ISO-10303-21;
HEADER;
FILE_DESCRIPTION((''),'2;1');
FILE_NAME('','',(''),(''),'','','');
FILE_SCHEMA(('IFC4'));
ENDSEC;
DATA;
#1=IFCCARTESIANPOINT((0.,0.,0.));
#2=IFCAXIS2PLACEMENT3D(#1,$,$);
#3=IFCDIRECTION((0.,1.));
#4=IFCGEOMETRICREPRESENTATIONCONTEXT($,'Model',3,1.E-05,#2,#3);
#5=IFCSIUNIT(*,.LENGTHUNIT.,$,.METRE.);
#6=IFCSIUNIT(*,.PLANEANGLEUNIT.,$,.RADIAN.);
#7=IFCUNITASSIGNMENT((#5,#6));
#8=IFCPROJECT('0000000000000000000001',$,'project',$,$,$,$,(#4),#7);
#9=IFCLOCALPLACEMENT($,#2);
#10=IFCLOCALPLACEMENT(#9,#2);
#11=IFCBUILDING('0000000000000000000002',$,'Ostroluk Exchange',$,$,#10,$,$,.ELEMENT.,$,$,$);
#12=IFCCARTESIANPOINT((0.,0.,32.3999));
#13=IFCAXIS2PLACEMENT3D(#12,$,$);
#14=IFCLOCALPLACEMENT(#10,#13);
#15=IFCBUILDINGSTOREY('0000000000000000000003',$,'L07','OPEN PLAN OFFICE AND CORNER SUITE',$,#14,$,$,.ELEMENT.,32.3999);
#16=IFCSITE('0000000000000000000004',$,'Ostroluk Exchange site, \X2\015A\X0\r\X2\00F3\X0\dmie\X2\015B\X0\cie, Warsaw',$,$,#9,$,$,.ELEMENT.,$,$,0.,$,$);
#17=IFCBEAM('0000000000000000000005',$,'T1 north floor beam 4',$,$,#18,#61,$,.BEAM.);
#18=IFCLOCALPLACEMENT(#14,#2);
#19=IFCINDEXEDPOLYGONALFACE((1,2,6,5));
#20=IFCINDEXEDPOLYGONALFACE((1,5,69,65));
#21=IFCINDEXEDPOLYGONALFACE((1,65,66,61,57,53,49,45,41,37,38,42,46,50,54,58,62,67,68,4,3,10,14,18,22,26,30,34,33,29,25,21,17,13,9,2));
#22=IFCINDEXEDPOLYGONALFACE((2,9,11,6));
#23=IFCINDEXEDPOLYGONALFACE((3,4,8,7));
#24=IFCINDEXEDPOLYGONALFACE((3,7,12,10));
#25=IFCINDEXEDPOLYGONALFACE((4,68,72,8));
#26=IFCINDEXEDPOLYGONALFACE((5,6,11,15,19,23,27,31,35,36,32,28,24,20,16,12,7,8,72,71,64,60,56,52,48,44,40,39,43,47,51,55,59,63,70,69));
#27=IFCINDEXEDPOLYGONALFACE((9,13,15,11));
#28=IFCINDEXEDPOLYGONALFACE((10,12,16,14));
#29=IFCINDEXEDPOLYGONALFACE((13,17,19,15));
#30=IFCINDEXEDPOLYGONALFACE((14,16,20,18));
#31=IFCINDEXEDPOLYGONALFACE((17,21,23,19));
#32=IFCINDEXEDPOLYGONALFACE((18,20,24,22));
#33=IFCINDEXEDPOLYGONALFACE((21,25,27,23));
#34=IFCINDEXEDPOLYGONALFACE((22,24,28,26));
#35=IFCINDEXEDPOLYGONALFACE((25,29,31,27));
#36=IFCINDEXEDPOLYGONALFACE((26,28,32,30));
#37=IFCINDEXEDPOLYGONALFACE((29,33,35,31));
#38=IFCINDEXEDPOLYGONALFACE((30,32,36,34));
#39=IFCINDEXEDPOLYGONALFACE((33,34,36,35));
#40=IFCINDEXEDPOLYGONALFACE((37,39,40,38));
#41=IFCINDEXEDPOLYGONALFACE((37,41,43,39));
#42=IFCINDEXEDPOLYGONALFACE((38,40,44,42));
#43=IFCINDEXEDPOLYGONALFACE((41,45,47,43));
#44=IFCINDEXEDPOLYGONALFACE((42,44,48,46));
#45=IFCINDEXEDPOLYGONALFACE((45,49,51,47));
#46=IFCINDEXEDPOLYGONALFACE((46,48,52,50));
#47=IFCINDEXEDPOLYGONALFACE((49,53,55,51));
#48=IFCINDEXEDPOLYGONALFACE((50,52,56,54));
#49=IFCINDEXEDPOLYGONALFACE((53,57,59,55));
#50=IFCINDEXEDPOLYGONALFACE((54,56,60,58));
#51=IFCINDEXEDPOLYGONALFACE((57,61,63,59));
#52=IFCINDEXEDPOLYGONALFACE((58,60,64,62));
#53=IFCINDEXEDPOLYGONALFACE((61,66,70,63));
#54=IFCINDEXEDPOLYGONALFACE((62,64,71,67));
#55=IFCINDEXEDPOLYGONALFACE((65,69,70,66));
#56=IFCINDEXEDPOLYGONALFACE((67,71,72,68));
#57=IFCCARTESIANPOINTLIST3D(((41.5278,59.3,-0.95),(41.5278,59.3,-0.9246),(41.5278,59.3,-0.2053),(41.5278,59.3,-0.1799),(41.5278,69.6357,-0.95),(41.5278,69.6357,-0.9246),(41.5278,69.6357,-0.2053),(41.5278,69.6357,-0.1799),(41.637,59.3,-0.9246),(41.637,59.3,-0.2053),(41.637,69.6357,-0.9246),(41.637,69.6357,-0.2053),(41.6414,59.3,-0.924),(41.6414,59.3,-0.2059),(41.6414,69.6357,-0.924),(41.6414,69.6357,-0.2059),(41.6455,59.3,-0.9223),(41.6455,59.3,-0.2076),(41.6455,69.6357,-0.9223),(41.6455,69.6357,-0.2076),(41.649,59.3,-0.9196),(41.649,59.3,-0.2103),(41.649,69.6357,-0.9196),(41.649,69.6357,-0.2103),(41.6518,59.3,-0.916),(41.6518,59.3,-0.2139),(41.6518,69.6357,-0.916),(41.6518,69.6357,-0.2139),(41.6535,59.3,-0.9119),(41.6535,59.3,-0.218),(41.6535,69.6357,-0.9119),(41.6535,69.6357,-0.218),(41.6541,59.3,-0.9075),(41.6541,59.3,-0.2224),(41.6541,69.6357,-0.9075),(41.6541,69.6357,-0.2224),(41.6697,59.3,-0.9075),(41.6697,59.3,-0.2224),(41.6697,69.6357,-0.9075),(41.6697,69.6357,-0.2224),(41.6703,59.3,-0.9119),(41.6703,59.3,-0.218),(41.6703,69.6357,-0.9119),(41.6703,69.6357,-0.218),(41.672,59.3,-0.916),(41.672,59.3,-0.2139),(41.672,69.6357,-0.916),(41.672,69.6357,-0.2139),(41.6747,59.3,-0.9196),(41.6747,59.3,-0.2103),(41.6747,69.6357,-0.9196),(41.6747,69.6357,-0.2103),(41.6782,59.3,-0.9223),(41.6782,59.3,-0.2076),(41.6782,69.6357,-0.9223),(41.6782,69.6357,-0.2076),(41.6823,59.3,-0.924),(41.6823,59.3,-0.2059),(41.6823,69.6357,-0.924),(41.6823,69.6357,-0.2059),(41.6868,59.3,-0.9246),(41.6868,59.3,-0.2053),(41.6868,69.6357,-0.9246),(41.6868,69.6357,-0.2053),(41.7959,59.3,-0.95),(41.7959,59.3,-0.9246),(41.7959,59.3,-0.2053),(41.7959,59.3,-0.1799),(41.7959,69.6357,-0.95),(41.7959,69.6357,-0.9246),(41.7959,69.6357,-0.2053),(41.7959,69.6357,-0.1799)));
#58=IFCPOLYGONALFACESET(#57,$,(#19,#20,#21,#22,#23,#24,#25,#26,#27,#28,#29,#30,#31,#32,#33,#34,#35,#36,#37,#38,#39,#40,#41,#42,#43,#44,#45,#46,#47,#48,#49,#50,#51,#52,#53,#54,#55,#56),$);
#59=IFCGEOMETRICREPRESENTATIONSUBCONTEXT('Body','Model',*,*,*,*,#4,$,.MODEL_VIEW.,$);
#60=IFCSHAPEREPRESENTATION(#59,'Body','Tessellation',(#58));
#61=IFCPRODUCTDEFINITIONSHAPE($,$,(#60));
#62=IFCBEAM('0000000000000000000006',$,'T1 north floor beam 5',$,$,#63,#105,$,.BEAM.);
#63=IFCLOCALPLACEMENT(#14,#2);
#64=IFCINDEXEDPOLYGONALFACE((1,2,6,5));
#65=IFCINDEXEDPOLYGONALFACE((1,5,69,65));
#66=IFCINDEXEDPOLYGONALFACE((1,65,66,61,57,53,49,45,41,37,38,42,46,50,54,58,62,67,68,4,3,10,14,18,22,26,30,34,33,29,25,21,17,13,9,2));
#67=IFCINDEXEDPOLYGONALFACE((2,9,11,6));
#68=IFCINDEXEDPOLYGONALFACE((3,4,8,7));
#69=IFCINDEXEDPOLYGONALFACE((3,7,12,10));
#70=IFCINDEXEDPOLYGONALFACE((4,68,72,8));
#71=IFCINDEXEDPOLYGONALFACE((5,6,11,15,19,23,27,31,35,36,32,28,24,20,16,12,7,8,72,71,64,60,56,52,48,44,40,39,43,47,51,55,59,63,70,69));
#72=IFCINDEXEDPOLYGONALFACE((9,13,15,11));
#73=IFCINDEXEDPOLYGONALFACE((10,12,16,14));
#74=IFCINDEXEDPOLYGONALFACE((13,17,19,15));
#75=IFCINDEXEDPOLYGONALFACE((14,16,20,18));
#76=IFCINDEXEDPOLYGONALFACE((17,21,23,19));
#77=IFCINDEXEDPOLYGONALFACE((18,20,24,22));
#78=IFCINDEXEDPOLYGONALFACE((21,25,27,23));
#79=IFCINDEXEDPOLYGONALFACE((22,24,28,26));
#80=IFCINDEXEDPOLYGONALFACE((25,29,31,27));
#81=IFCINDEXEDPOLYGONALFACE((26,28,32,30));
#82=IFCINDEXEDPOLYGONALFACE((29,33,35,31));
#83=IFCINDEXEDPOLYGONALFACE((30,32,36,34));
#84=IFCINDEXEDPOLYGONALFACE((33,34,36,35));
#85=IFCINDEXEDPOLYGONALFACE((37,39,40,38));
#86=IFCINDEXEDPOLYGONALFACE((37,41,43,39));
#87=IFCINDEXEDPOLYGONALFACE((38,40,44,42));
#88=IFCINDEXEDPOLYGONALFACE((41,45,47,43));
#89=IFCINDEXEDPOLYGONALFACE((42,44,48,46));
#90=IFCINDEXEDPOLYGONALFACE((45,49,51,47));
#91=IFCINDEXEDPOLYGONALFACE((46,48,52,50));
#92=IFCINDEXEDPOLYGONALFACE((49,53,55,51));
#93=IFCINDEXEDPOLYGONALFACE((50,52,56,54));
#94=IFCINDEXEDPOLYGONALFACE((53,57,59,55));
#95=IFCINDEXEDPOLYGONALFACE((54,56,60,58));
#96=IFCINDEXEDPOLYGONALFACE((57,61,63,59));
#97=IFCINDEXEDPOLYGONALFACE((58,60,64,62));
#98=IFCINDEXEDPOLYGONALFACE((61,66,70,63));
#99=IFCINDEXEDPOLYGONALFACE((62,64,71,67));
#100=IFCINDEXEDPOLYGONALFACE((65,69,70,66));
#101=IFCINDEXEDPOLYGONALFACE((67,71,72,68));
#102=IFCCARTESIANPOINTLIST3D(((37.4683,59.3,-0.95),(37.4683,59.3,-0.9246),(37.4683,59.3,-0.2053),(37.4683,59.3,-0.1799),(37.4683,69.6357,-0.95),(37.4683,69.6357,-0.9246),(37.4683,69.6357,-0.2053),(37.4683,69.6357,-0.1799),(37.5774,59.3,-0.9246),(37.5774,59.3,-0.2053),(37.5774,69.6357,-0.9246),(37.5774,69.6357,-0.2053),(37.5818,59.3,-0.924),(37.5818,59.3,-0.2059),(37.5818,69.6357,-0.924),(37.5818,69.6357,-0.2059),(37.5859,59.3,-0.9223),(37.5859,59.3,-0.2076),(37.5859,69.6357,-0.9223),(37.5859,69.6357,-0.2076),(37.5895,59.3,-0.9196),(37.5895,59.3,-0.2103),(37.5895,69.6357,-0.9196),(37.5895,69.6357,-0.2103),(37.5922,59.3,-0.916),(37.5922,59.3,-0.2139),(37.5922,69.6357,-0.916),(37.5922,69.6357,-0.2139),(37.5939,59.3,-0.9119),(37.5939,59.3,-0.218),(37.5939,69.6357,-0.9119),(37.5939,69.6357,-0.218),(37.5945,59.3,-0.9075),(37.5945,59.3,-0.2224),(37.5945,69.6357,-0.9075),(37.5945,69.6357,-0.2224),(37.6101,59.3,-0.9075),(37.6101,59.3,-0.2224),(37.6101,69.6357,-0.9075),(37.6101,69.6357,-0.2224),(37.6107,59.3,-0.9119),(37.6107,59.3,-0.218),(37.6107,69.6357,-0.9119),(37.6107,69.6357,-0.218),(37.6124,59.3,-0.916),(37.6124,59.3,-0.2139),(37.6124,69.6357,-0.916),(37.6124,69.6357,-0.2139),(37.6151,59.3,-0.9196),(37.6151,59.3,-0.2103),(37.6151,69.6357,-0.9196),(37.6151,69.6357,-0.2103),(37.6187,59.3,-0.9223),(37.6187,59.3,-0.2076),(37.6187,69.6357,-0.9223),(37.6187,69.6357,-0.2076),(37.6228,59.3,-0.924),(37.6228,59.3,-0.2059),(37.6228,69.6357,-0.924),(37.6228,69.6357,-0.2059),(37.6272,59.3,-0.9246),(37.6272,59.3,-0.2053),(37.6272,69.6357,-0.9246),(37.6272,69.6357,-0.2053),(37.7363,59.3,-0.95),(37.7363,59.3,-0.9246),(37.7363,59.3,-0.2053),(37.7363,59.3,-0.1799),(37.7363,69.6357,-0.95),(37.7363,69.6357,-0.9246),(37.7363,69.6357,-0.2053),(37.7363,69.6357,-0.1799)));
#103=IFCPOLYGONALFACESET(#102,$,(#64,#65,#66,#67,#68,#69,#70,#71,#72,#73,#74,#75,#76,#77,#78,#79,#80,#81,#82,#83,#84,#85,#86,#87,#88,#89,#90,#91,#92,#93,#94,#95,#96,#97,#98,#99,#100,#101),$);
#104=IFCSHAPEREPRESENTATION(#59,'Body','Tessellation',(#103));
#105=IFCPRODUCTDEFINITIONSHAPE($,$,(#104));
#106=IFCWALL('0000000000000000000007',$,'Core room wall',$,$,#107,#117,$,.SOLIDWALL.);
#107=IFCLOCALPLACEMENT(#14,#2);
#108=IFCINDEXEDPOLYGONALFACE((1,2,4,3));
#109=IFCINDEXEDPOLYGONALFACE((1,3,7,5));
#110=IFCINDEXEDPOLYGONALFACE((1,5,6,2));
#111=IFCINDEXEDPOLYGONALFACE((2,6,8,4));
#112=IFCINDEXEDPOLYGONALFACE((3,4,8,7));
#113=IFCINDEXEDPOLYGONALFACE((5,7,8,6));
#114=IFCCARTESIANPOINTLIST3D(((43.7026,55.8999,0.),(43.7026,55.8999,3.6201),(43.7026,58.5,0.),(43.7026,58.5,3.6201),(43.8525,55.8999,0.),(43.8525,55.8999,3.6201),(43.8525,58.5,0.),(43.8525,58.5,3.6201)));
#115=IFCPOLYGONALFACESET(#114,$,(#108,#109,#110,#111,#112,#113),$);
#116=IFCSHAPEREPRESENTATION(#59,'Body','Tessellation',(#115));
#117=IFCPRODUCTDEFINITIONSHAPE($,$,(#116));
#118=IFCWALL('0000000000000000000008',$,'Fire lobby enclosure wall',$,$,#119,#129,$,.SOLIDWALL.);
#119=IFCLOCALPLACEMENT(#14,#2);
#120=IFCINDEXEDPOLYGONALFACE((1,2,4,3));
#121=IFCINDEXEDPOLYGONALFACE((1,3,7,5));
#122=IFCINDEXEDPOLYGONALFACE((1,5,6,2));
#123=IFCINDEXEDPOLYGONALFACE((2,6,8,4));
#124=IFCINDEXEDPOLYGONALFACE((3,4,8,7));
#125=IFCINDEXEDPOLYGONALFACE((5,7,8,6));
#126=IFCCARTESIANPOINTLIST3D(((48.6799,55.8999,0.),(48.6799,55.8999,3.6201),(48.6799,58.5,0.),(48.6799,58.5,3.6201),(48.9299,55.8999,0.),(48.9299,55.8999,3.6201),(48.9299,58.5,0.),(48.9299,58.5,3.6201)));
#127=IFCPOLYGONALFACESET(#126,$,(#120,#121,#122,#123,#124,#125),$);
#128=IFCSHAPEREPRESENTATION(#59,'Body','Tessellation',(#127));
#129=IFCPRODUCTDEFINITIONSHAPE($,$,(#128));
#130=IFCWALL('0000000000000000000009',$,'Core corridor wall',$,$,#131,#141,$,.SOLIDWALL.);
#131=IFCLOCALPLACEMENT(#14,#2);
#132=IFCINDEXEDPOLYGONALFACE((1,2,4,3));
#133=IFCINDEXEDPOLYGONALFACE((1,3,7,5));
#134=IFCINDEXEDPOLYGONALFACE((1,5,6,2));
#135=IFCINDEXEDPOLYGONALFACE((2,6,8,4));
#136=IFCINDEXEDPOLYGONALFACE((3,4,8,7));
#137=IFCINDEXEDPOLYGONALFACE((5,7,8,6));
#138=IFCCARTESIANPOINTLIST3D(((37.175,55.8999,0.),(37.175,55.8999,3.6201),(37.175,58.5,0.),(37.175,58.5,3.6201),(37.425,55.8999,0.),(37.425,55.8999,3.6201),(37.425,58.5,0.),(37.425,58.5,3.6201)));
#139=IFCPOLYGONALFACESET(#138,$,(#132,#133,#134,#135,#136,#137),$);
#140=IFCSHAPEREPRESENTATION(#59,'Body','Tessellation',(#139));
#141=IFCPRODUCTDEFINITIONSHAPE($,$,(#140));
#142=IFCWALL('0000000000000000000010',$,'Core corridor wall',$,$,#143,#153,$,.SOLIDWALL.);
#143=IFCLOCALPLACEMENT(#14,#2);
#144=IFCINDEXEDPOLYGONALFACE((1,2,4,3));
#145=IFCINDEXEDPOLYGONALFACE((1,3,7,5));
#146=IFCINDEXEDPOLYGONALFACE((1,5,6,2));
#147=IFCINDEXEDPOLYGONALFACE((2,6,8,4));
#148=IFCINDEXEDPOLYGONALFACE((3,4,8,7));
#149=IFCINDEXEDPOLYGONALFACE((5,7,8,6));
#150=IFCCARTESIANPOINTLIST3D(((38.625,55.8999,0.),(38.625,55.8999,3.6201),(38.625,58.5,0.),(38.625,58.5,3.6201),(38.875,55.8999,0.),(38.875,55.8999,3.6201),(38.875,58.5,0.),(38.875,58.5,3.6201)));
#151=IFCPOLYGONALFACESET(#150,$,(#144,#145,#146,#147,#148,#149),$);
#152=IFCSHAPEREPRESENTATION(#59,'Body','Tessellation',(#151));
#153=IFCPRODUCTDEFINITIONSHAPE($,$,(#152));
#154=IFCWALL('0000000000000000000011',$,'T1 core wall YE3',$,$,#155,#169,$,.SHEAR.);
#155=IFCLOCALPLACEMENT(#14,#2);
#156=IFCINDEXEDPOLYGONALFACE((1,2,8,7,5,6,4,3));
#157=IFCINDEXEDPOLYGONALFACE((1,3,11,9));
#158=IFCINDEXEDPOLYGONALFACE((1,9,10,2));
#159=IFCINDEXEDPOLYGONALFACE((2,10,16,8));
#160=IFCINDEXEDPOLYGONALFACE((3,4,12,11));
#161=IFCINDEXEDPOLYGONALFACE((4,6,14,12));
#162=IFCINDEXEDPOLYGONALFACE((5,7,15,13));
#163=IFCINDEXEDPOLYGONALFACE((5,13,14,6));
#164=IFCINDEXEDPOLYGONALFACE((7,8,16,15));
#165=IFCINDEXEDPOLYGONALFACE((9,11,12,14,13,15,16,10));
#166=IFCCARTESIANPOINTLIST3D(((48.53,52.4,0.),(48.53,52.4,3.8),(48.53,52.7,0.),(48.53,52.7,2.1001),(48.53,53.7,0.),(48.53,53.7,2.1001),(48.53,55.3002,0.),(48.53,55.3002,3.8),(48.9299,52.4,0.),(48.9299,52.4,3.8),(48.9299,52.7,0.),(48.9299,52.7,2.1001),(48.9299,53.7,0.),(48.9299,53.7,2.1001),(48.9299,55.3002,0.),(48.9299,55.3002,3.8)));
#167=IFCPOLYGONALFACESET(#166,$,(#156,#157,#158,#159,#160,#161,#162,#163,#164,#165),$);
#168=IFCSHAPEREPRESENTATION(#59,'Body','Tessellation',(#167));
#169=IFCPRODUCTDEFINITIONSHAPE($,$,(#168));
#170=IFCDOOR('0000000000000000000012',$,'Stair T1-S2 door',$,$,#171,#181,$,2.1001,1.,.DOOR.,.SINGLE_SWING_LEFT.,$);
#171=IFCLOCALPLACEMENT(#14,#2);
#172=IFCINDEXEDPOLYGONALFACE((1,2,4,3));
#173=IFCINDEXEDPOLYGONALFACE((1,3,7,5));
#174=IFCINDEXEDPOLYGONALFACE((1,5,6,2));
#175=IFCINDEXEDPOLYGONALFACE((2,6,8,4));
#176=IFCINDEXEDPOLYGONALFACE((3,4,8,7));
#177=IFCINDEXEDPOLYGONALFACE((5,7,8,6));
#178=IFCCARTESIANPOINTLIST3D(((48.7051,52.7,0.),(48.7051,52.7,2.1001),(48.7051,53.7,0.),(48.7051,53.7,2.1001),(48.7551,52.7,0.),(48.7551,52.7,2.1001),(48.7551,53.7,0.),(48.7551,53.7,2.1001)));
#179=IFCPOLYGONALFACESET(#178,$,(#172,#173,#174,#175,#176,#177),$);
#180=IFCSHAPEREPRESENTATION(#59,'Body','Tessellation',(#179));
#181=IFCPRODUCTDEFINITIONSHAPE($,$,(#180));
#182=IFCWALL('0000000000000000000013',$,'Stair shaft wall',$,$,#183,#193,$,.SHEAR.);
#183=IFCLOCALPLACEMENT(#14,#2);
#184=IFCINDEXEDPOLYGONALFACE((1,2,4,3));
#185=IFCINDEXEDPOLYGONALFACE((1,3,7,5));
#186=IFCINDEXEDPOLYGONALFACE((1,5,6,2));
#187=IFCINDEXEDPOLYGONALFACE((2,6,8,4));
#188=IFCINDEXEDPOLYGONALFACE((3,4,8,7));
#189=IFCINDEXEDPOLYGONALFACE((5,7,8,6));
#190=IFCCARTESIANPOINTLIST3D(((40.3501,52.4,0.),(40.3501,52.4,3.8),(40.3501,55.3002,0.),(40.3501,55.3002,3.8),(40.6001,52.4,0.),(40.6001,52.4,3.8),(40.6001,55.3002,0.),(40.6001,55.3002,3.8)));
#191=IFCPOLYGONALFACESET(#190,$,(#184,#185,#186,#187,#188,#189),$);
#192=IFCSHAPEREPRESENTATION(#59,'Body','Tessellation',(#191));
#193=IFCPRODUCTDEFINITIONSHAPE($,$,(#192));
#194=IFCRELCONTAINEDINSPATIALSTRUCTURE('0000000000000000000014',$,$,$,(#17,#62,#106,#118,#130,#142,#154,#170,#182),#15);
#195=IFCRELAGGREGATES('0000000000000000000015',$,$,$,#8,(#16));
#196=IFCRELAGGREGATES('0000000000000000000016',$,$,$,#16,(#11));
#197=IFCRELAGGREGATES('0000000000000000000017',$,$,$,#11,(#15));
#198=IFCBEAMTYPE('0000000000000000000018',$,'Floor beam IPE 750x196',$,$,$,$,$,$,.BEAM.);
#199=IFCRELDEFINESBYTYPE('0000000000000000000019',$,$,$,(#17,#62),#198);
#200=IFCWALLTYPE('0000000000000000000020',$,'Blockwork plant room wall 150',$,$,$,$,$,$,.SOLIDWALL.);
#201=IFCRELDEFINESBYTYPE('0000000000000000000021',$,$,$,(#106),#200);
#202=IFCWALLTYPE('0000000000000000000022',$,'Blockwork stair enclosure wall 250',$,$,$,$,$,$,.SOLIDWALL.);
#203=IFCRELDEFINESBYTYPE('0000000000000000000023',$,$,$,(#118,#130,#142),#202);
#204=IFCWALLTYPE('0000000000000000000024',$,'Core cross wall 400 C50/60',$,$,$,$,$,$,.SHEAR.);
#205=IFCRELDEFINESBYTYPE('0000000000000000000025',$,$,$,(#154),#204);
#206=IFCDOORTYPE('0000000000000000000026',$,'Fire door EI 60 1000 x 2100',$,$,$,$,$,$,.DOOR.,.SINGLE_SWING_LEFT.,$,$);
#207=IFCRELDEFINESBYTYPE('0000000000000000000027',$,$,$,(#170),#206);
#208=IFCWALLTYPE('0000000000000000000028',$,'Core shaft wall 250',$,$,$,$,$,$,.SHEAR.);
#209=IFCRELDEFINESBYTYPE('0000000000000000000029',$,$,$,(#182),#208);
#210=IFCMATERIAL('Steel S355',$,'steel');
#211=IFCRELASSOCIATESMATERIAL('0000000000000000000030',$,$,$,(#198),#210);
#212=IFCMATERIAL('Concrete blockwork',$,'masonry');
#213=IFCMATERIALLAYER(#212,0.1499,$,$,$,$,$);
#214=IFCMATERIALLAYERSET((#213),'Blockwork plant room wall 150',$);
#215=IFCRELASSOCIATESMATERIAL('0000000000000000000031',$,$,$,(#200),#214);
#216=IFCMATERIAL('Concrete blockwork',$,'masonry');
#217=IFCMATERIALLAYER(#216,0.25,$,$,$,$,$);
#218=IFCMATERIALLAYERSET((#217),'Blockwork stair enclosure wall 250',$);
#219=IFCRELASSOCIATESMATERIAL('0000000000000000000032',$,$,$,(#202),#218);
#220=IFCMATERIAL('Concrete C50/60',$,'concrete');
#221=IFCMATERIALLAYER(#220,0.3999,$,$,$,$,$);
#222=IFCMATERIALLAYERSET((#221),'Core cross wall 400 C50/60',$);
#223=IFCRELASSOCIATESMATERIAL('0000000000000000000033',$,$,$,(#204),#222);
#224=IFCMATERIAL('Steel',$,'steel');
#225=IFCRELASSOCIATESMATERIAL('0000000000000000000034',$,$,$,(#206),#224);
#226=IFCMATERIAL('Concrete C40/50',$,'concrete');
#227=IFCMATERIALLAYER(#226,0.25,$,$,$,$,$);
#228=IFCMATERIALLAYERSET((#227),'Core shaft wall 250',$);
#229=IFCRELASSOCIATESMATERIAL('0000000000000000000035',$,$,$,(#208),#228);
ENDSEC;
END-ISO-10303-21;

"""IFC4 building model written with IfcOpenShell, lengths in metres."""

from ifc_helpers import new_model, si_unit, direction, frame, frame_2d, origin, origin_2d, place, context, subcontext, project, spatial, rectangle, i_section, extrude, material, layer, layer_set, material_profile, profile_set, type_object, element, fill, save


model = new_model("IFC4")

# Units and contexts
model_context = context("Model", 3, precision=1e-05, world=origin(), true_north=direction((0.0, 1.0)))
body_context = subcontext(model_context, "Body", "Model", "MODEL_VIEW")
ifc_project = project(units=[si_unit("LENGTHUNIT", "METRE"), si_unit("PLANEANGLEUNIT", "RADIAN")], contexts=[model_context])

# Site, building, storey
site_placement = place(None, origin())
site = spatial("IfcSite", under=ifc_project, at=site_placement, Name="Ostroluk Exchange site, Śródmieście, Warsaw", CompositionType="ELEMENT", RefElevation=0.0)
building_placement = place(site_placement, origin())
building = spatial("IfcBuilding", under=site, at=building_placement, Name="Ostroluk Exchange", CompositionType="ELEMENT")
storey_placement = place(building_placement, frame((0.0, 0.0, 32.3999)))
storey = spatial("IfcBuildingStorey", under=building, at=storey_placement, Name="L07", Description="OPEN PLAN OFFICE AND CORNER SUITE", CompositionType="ELEMENT", Elevation=32.3999)

# Beams
ifc_material_1 = material(Name="Steel S355", Category="steel")
ifc_material_profile = material_profile(ifc_material_1, i_section(OverallWidth=0.2681, OverallDepth=0.77, WebThickness=0.0156, FlangeThickness=0.0254, FilletRadius=0.0171, at=origin_2d()), Name="IPE 750x196")
ifc_profile_set = profile_set([ifc_material_profile], Name="Steel S355")
beam_type = type_object("IfcBeamType", Name="Floor beam IPE 750x196", PredefinedType="BEAM", material=ifc_profile_set)
for number, where, z_axis, x_axis, name in (
    (1, (41.6619, 59.3, -0.5649), (0.0, 1.0, 0.0), (-1.0, 0.0, 0.0), "T1 north floor beam 4"),
    (2, (37.6023, 59.3, -0.5649), (0.0, 1.0, 0.0), (-1.0, 0.0, 0.0), "T1 north floor beam 5"),
):
    element("IfcBeam", number, at=place(storey_placement, frame(where, z_axis=z_axis, x_axis=x_axis)), inside=storey, type_object=beam_type, Name=name, PredefinedType="BEAM", context=body_context, shape_type="SweptSolid", body=[
        extrude(i_section(OverallWidth=0.2681, OverallDepth=0.77, WebThickness=0.0156, FlangeThickness=0.0254, FilletRadius=0.0171, at=origin_2d()), origin(), (0.0, 0.0, 1.0), 10.3357),
    ])

# Walls
ifc_material_2 = material(Name="Concrete blockwork", Category="masonry")
ifc_layer_1 = layer(ifc_material_2, 0.1499)
ifc_layer_set_1 = layer_set([ifc_layer_1], Name="Blockwork plant room wall 150")
wall_type_1 = type_object("IfcWallType", Name="Blockwork plant room wall 150", PredefinedType="SOLIDWALL", material=ifc_layer_set_1)
wall_1_placement = place(storey_placement, frame((43.7776, 55.8999, 0.0), z_axis=(0.0, 0.0, 1.0), x_axis=(0.0, 1.0, 0.0)))
element("IfcWall", 3, at=wall_1_placement, inside=storey, type_object=wall_type_1, Name="Core room wall", PredefinedType="SOLIDWALL", context=body_context, shape_type="SweptSolid", body=[
    extrude(rectangle(XDim=2.6001, YDim=0.1499, at=frame_2d((1.3, 0.0))), origin(), (0.0, 0.0, 1.0), 3.6201),
])
ifc_material_3 = material(Name="Concrete blockwork", Category="masonry")
ifc_layer_2 = layer(ifc_material_3, 0.25)
ifc_layer_set_2 = layer_set([ifc_layer_2], Name="Blockwork stair enclosure wall 250")
wall_type_2 = type_object("IfcWallType", Name="Blockwork stair enclosure wall 250", PredefinedType="SOLIDWALL", material=ifc_layer_set_2)
for number, where, z_axis, x_axis, name in (
    (4, (48.8049, 55.8999, 0.0), (0.0, 0.0, 1.0), (0.0, 1.0, 0.0), "Fire lobby enclosure wall"),
    (5, (37.3, 55.8999, 0.0), (0.0, 0.0, 1.0), (0.0, 1.0, 0.0), "Core corridor wall"),
    (6, (38.75, 55.8999, 0.0), (0.0, 0.0, 1.0), (0.0, 1.0, 0.0), "Core corridor wall"),
):
    element("IfcWall", number, at=place(storey_placement, frame(where, z_axis=z_axis, x_axis=x_axis)), inside=storey, type_object=wall_type_2, Name=name, PredefinedType="SOLIDWALL", context=body_context, shape_type="SweptSolid", body=[
        extrude(rectangle(XDim=2.6001, YDim=0.25, at=frame_2d((1.3, 0.0))), origin(), (0.0, 0.0, 1.0), 3.6201),
    ])

# Wall, opening, door
ifc_material_4 = material(Name="Concrete C50/60", Category="concrete")
ifc_layer_3 = layer(ifc_material_4, 0.3999)
ifc_layer_set_3 = layer_set([ifc_layer_3], Name="Core cross wall 400 C50/60")
wall_type_3 = type_object("IfcWallType", Name="Core cross wall 400 C50/60", PredefinedType="SHEAR", material=ifc_layer_set_3)
wall_2_placement = place(storey_placement, frame((48.73, 52.3999, 0.0), z_axis=(0.0, 0.0, 1.0), x_axis=(0.0, 1.0, 0.0)))
wall_2 = element("IfcWall", 7, at=wall_2_placement, inside=storey, type_object=wall_type_3, Name="T1 core wall YE3", PredefinedType="SHEAR", context=body_context, shape_type="SweptSolid", body=[
    extrude(rectangle(XDim=2.9001, YDim=0.3999, at=frame_2d((1.4502, 0.0))), origin(), (0.0, 0.0, 1.0), 3.8),
])
opening_placement = place(wall_2_placement, frame((0.3, 0.0, 0.0)))
opening = element("IfcOpeningElement", 8, at=opening_placement, cuts=wall_2, PredefinedType="OPENING", context=body_context, shape_type="SweptSolid", body=[
    extrude(rectangle(XDim=1.0, YDim=2.1001, at=frame_2d((0.5, 1.05))), frame((0.0, 0.21, 0.0), z_axis=(0.0, -1.0, 0.0), x_axis=(1.0, 0.0, 0.0)), (0.0, 0.0, 1.0), 0.4199),
])
ifc_material_5 = material(Name="Steel", Category="steel")
door_type = type_object("IfcDoorType", Name="Fire door EI 60 1000 x 2100", OperationType="SINGLE_SWING_LEFT", PredefinedType="DOOR", material=ifc_material_5)
door_placement = place(opening_placement, origin())
door = element("IfcDoor", 9, at=door_placement, inside=storey, type_object=door_type, Name="Stair T1-S2 door", OperationType="SINGLE_SWING_LEFT", OverallHeight=2.1001, OverallWidth=1.0, PredefinedType="DOOR", context=body_context, shape_type="SweptSolid", body=[
    extrude(rectangle(XDim=1.0, YDim=2.1001, at=frame_2d((0.5, 1.05))), frame((0.0, 0.0249, 0.0), z_axis=(0.0, -1.0, 0.0), x_axis=(1.0, 0.0, 0.0)), (0.0, 0.0, 1.0), 0.05),
])
fill(opening, door)

# Wall
ifc_material_6 = material(Name="Concrete C40/50", Category="concrete")
ifc_layer_4 = layer(ifc_material_6, 0.25)
ifc_layer_set_4 = layer_set([ifc_layer_4], Name="Core shaft wall 250")
wall_type_4 = type_object("IfcWallType", Name="Core shaft wall 250", PredefinedType="SHEAR", material=ifc_layer_set_4)
wall_3_placement = place(storey_placement, frame((40.4751, 52.3999, 0.0), z_axis=(0.0, 0.0, 1.0), x_axis=(0.0, 1.0, 0.0)))
element("IfcWall", 10, at=wall_3_placement, inside=storey, type_object=wall_type_4, Name="Stair shaft wall", PredefinedType="SHEAR", context=body_context, shape_type="SweptSolid", body=[
    extrude(rectangle(XDim=2.9001, YDim=0.25, at=frame_2d((1.4502, 0.0))), origin(), (0.0, 0.0, 1.0), 3.8),
])

save(model, "model.ifc")
